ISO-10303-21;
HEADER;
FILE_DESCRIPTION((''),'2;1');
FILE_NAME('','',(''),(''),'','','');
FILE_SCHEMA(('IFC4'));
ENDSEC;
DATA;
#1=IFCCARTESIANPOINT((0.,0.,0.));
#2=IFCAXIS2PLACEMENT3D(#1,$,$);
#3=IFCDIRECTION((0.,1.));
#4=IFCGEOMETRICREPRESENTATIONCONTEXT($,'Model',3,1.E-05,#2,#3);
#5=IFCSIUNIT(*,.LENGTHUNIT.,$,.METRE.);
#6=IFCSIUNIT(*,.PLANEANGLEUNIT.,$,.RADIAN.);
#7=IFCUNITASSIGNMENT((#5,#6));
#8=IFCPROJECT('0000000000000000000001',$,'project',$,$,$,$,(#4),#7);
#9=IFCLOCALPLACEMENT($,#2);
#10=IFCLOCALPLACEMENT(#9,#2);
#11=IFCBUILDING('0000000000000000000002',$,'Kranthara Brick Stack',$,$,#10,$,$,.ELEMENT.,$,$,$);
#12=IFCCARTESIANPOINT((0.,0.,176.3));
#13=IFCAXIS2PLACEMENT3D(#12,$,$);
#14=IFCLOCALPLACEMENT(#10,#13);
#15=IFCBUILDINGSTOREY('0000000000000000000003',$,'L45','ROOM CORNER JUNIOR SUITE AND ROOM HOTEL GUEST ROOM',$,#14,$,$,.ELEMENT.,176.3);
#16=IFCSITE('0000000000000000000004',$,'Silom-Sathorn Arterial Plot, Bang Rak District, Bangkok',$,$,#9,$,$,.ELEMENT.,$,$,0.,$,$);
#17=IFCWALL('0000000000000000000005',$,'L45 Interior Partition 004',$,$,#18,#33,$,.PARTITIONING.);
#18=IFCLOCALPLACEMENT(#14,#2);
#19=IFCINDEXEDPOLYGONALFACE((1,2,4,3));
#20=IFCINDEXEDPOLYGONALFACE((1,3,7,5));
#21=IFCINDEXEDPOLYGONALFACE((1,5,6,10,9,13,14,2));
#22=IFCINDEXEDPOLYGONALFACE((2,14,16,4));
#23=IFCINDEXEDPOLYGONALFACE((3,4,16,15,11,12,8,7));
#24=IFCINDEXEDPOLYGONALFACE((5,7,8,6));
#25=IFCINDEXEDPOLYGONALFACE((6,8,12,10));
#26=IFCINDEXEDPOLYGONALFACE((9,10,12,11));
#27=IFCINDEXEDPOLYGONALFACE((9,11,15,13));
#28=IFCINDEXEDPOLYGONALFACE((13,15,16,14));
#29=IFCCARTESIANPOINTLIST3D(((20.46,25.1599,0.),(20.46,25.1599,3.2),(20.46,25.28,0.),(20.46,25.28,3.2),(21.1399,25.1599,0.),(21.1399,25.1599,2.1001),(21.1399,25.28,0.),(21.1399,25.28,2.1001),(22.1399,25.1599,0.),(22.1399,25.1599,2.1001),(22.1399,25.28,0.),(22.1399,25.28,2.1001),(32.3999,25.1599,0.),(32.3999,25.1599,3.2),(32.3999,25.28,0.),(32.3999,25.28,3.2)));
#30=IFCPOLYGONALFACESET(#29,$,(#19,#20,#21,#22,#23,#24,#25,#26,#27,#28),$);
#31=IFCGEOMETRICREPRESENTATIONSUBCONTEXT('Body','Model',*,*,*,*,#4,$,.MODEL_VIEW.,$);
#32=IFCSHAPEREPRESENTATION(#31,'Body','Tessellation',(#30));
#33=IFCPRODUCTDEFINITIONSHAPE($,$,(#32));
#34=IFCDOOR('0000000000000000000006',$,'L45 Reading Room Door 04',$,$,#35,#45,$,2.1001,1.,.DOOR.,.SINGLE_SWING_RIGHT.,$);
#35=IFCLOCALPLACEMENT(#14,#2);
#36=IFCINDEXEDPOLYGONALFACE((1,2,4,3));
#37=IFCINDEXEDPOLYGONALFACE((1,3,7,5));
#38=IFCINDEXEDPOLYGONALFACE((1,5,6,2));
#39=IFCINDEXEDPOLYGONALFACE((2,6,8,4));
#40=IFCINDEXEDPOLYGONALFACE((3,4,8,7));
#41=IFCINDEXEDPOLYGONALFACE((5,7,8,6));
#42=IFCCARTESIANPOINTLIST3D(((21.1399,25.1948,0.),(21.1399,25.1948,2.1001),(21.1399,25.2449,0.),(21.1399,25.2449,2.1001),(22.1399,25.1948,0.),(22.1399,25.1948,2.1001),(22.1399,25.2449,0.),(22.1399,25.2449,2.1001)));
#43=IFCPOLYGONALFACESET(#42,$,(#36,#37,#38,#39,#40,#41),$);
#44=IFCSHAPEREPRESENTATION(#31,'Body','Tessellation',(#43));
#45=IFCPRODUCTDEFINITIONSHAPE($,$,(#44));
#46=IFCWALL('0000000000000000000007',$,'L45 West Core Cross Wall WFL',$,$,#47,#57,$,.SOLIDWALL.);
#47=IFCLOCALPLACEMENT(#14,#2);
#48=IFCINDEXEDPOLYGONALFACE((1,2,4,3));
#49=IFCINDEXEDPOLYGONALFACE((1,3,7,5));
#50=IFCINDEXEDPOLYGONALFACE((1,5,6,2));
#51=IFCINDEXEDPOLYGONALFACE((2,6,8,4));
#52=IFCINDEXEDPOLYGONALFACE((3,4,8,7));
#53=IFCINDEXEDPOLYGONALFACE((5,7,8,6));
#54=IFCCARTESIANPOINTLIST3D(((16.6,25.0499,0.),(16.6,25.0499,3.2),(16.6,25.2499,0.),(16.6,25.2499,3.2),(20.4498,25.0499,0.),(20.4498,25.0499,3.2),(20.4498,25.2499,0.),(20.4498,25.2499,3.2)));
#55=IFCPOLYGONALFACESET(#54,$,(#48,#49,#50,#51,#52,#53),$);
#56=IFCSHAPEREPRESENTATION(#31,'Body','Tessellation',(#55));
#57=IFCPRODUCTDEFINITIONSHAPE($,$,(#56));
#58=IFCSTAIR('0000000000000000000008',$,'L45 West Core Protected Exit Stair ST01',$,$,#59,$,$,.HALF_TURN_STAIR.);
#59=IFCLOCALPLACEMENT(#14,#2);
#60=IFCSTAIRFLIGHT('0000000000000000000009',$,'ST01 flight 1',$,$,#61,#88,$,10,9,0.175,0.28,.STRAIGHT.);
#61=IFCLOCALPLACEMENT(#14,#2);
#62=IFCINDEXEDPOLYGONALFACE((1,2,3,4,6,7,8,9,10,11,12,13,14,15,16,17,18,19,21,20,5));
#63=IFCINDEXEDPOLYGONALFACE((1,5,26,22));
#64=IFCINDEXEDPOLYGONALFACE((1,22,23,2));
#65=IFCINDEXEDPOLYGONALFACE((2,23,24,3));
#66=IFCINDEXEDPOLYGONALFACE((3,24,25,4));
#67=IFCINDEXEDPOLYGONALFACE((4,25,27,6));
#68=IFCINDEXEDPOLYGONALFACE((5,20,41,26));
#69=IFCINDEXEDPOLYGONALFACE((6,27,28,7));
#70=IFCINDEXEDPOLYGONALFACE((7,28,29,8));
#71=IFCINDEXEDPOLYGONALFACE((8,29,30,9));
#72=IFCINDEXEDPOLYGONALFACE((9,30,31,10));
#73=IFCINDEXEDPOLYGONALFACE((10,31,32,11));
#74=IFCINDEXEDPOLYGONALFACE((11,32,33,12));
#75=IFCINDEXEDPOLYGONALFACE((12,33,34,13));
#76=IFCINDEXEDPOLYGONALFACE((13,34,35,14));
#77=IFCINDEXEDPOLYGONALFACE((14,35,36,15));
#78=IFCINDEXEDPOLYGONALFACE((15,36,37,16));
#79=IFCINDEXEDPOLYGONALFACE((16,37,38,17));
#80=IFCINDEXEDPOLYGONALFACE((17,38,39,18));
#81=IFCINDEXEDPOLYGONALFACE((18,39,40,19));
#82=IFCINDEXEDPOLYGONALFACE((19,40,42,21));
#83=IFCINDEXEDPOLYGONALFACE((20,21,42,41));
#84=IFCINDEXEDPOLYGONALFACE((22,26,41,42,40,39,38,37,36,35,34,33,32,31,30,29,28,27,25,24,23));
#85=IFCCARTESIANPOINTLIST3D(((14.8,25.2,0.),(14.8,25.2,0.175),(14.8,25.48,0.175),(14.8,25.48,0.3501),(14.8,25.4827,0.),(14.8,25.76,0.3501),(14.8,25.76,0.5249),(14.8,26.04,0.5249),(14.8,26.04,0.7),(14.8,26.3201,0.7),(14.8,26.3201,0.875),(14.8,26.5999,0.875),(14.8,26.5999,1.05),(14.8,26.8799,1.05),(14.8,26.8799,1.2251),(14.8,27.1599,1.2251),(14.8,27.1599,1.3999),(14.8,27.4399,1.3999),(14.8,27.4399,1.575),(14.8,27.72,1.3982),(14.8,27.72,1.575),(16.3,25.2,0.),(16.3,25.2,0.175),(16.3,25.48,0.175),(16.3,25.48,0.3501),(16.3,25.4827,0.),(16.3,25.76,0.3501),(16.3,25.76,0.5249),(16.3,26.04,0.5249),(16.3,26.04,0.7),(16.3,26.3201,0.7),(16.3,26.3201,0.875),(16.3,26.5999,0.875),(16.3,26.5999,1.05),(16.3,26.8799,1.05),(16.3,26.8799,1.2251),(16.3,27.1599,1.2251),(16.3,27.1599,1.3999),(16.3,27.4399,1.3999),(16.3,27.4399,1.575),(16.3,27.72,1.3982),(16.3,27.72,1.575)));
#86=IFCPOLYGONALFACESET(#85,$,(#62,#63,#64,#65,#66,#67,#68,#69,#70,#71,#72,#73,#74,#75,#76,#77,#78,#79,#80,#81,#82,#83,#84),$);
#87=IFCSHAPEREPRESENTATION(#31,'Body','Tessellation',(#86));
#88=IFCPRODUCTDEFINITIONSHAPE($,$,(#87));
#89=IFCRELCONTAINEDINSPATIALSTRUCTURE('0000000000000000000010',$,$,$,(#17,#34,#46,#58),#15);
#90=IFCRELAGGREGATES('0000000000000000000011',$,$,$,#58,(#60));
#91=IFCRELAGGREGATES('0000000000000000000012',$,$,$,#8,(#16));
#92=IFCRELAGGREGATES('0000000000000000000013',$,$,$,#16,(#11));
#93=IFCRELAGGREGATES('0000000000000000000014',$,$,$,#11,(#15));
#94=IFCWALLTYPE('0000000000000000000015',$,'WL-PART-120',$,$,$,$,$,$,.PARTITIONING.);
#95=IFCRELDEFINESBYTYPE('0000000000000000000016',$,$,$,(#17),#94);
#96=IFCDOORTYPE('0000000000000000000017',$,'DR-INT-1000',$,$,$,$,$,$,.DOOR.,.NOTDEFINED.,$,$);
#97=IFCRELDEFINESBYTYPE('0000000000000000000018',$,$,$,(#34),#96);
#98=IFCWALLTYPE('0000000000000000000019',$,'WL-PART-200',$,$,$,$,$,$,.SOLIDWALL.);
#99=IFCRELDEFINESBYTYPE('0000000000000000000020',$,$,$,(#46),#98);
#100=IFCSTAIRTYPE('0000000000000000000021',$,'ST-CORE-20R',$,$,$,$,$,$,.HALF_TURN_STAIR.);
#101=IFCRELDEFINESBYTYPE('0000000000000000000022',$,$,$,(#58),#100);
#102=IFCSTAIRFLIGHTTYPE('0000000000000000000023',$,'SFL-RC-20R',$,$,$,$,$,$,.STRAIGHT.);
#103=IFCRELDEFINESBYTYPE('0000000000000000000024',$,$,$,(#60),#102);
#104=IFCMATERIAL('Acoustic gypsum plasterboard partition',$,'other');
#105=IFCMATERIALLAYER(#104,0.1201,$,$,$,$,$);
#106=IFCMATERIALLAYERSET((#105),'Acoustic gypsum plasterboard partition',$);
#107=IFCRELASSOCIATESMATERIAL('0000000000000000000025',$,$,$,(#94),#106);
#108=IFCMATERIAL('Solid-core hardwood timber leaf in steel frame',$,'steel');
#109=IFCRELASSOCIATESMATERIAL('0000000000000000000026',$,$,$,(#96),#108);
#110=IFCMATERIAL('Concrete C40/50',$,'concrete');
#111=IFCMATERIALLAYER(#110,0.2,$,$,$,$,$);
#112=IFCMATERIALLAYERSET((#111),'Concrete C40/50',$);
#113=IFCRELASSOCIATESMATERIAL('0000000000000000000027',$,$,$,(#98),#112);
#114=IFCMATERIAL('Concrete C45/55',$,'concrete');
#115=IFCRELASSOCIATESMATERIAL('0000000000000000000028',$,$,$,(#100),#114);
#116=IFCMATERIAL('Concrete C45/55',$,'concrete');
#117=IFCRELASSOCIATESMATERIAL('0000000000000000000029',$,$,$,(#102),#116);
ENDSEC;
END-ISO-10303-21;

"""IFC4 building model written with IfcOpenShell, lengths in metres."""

from ifc_helpers import new_model, si_unit, direction, frame, frame_2d, origin, place, context, subcontext, project, spatial, polyline, rectangle, outline, extrude, material, layer, layer_set, type_object, element, fill, aggregate, save


model = new_model("IFC4")

# Units and contexts
model_context = context("Model", 3, precision=1e-05, world=origin(), true_north=direction((0.0, 1.0)))
body_context = subcontext(model_context, "Body", "Model", "MODEL_VIEW")
ifc_project = project(units=[si_unit("LENGTHUNIT", "METRE"), si_unit("PLANEANGLEUNIT", "RADIAN")], contexts=[model_context])

# Site, building, storey
site_placement = place(None, origin())
site = spatial("IfcSite", under=ifc_project, at=site_placement, Name="Silom-Sathorn Arterial Plot, Bang Rak District, Bangkok", CompositionType="ELEMENT", RefElevation=0.0)
building_placement = place(site_placement, origin())
building = spatial("IfcBuilding", under=site, at=building_placement, Name="Kranthara Brick Stack", CompositionType="ELEMENT")
storey_placement = place(building_placement, frame((0.0, 0.0, 176.3)))
storey = spatial("IfcBuildingStorey", under=building, at=storey_placement, Name="L45", Description="ROOM CORNER JUNIOR SUITE AND ROOM HOTEL GUEST ROOM", CompositionType="ELEMENT", Elevation=176.3)

# Wall, opening, door
ifc_material_1 = material(Name="Acoustic gypsum plasterboard partition", Category="other")
ifc_layer_1 = layer(ifc_material_1, 0.1201)
ifc_layer_set_1 = layer_set([ifc_layer_1], Name="Acoustic gypsum plasterboard partition")
wall_type_1 = type_object("IfcWallType", Name="WL-PART-120", PredefinedType="PARTITIONING", material=ifc_layer_set_1)
wall_1_placement = place(storey_placement, frame((20.46, 25.22, 0.0), z_axis=(0.0, 0.0, 1.0), x_axis=(1.0, 0.0, 0.0)))
wall_1 = element("IfcWall", 1, at=wall_1_placement, inside=storey, type_object=wall_type_1, Name="L45 Interior Partition 004", PredefinedType="PARTITIONING", context=body_context, shape_type="SweptSolid", body=[
    extrude(rectangle(XDim=11.9399, YDim=0.1201, at=frame_2d((5.97, 0.0))), origin(), (0.0, 0.0, 1.0), 3.2),
])
opening_1_placement = place(wall_1_placement, frame((0.6799, 0.0, 0.0)))
opening_1 = element("IfcOpeningElement", 2, at=opening_1_placement, cuts=wall_1, PredefinedType="OPENING", context=body_context, shape_type="SweptSolid", body=[
    extrude(rectangle(XDim=1.0, YDim=2.1001, at=frame_2d((0.5, 1.05))), frame((0.0, 0.0701, 0.0), z_axis=(0.0, -1.0, 0.0), x_axis=(1.0, 0.0, 0.0)), (0.0, 0.0, 1.0), 0.1401),
])
ifc_material_2 = material(Name="Solid-core hardwood timber leaf in steel frame", Category="steel")
door_type_1 = type_object("IfcDoorType", Name="DR-INT-1000", OperationType="NOTDEFINED", PredefinedType="DOOR", material=ifc_material_2)
door_1_placement = place(opening_1_placement, origin())
door_1 = element("IfcDoor", 3, at=door_1_placement, inside=storey, type_object=door_type_1, Name="L45 Reading Room Door 04", OperationType="SINGLE_SWING_RIGHT", OverallHeight=2.1001, OverallWidth=1.0, PredefinedType="DOOR", context=body_context, shape_type="SweptSolid", body=[
    extrude(rectangle(XDim=1.0, YDim=2.1001, at=frame_2d((0.5, 1.05))), frame((0.0, 0.0249, 0.0), z_axis=(0.0, -1.0, 0.0), x_axis=(1.0, 0.0, 0.0)), (0.0, 0.0, 1.0), 0.05),
])
fill(opening_1, door_1)

# Wall
ifc_material_3 = material(Name="Concrete C40/50", Category="concrete")
ifc_layer_2 = layer(ifc_material_3, 0.2)
ifc_layer_set_2 = layer_set([ifc_layer_2], Name="Concrete C40/50")
wall_type_2 = type_object("IfcWallType", Name="WL-PART-200", PredefinedType="SOLIDWALL", material=ifc_layer_set_2)
wall_2_placement = place(storey_placement, frame((16.6001, 25.1499, 0.0), z_axis=(0.0, 0.0, 1.0), x_axis=(1.0, 0.0, 0.0)))
element("IfcWall", 4, at=wall_2_placement, inside=storey, type_object=wall_type_2, Name="L45 West Core Cross Wall WFL", PredefinedType="SOLIDWALL", context=body_context, shape_type="SweptSolid", body=[
    extrude(rectangle(XDim=3.8499, YDim=0.2, at=frame_2d((1.9248, 0.0))), origin(), (0.0, 0.0, 1.0), 3.2),
])

# Stair, stair flight
ifc_material_4 = material(Name="Concrete C45/55", Category="concrete")
stair_type = type_object("IfcStairType", Name="ST-CORE-20R", PredefinedType="HALF_TURN_STAIR", material=ifc_material_4)
stair_placement = place(storey_placement, origin())
stair = element("IfcStair", 5, at=stair_placement, inside=storey, type_object=stair_type, Name="L45 West Core Protected Exit Stair ST01", PredefinedType="HALF_TURN_STAIR")
ifc_material_5 = material(Name="Concrete C45/55", Category="concrete")
stair_flight_type = type_object("IfcStairFlightType", Name="SFL-RC-20R", PredefinedType="STRAIGHT", material=ifc_material_5)
stair_flight_placement = place(storey_placement, frame((15.55, 25.2, 0.0), z_axis=(0.0, 0.0, 1.0), x_axis=(0.0, 1.0, 0.0)))
stair_flight = element("IfcStairFlight", 6, at=stair_flight_placement, type_object=stair_flight_type, Name="ST01 flight 1", NumberOfRisers=10, NumberOfTreads=9, PredefinedType="STRAIGHT", RiserHeight=0.175, TreadLength=0.28, context=body_context, shape_type="SweptSolid", body=[
    extrude(outline(polyline([(0.0, 0.0), (0.0, 0.175), (0.28, 0.175), (0.28, 0.3501), (0.5601, 0.3501), (0.5601, 0.5249), (0.8401, 0.5249), (0.8401, 0.7), (1.1201, 0.7), (1.1201, 0.875), (1.3999, 0.875), (1.3999, 1.05), (1.6799, 1.05), (1.6799, 1.2251), (1.96, 1.2251), (1.96, 1.3999), (2.24, 1.3999), (2.24, 1.575), (2.52, 1.575), (2.52, 1.75), (2.52, 1.3982), (0.2827, 0.0), (0.0, 0.0)])), frame((0.0, 0.75, 0.0), z_axis=(0.0, -1.0, 0.0), x_axis=(1.0, 0.0, 0.0)), (0.0, 0.0, 1.0), 1.5),
])
aggregate(stair, [stair_flight])

save(model, "model.ifc")
